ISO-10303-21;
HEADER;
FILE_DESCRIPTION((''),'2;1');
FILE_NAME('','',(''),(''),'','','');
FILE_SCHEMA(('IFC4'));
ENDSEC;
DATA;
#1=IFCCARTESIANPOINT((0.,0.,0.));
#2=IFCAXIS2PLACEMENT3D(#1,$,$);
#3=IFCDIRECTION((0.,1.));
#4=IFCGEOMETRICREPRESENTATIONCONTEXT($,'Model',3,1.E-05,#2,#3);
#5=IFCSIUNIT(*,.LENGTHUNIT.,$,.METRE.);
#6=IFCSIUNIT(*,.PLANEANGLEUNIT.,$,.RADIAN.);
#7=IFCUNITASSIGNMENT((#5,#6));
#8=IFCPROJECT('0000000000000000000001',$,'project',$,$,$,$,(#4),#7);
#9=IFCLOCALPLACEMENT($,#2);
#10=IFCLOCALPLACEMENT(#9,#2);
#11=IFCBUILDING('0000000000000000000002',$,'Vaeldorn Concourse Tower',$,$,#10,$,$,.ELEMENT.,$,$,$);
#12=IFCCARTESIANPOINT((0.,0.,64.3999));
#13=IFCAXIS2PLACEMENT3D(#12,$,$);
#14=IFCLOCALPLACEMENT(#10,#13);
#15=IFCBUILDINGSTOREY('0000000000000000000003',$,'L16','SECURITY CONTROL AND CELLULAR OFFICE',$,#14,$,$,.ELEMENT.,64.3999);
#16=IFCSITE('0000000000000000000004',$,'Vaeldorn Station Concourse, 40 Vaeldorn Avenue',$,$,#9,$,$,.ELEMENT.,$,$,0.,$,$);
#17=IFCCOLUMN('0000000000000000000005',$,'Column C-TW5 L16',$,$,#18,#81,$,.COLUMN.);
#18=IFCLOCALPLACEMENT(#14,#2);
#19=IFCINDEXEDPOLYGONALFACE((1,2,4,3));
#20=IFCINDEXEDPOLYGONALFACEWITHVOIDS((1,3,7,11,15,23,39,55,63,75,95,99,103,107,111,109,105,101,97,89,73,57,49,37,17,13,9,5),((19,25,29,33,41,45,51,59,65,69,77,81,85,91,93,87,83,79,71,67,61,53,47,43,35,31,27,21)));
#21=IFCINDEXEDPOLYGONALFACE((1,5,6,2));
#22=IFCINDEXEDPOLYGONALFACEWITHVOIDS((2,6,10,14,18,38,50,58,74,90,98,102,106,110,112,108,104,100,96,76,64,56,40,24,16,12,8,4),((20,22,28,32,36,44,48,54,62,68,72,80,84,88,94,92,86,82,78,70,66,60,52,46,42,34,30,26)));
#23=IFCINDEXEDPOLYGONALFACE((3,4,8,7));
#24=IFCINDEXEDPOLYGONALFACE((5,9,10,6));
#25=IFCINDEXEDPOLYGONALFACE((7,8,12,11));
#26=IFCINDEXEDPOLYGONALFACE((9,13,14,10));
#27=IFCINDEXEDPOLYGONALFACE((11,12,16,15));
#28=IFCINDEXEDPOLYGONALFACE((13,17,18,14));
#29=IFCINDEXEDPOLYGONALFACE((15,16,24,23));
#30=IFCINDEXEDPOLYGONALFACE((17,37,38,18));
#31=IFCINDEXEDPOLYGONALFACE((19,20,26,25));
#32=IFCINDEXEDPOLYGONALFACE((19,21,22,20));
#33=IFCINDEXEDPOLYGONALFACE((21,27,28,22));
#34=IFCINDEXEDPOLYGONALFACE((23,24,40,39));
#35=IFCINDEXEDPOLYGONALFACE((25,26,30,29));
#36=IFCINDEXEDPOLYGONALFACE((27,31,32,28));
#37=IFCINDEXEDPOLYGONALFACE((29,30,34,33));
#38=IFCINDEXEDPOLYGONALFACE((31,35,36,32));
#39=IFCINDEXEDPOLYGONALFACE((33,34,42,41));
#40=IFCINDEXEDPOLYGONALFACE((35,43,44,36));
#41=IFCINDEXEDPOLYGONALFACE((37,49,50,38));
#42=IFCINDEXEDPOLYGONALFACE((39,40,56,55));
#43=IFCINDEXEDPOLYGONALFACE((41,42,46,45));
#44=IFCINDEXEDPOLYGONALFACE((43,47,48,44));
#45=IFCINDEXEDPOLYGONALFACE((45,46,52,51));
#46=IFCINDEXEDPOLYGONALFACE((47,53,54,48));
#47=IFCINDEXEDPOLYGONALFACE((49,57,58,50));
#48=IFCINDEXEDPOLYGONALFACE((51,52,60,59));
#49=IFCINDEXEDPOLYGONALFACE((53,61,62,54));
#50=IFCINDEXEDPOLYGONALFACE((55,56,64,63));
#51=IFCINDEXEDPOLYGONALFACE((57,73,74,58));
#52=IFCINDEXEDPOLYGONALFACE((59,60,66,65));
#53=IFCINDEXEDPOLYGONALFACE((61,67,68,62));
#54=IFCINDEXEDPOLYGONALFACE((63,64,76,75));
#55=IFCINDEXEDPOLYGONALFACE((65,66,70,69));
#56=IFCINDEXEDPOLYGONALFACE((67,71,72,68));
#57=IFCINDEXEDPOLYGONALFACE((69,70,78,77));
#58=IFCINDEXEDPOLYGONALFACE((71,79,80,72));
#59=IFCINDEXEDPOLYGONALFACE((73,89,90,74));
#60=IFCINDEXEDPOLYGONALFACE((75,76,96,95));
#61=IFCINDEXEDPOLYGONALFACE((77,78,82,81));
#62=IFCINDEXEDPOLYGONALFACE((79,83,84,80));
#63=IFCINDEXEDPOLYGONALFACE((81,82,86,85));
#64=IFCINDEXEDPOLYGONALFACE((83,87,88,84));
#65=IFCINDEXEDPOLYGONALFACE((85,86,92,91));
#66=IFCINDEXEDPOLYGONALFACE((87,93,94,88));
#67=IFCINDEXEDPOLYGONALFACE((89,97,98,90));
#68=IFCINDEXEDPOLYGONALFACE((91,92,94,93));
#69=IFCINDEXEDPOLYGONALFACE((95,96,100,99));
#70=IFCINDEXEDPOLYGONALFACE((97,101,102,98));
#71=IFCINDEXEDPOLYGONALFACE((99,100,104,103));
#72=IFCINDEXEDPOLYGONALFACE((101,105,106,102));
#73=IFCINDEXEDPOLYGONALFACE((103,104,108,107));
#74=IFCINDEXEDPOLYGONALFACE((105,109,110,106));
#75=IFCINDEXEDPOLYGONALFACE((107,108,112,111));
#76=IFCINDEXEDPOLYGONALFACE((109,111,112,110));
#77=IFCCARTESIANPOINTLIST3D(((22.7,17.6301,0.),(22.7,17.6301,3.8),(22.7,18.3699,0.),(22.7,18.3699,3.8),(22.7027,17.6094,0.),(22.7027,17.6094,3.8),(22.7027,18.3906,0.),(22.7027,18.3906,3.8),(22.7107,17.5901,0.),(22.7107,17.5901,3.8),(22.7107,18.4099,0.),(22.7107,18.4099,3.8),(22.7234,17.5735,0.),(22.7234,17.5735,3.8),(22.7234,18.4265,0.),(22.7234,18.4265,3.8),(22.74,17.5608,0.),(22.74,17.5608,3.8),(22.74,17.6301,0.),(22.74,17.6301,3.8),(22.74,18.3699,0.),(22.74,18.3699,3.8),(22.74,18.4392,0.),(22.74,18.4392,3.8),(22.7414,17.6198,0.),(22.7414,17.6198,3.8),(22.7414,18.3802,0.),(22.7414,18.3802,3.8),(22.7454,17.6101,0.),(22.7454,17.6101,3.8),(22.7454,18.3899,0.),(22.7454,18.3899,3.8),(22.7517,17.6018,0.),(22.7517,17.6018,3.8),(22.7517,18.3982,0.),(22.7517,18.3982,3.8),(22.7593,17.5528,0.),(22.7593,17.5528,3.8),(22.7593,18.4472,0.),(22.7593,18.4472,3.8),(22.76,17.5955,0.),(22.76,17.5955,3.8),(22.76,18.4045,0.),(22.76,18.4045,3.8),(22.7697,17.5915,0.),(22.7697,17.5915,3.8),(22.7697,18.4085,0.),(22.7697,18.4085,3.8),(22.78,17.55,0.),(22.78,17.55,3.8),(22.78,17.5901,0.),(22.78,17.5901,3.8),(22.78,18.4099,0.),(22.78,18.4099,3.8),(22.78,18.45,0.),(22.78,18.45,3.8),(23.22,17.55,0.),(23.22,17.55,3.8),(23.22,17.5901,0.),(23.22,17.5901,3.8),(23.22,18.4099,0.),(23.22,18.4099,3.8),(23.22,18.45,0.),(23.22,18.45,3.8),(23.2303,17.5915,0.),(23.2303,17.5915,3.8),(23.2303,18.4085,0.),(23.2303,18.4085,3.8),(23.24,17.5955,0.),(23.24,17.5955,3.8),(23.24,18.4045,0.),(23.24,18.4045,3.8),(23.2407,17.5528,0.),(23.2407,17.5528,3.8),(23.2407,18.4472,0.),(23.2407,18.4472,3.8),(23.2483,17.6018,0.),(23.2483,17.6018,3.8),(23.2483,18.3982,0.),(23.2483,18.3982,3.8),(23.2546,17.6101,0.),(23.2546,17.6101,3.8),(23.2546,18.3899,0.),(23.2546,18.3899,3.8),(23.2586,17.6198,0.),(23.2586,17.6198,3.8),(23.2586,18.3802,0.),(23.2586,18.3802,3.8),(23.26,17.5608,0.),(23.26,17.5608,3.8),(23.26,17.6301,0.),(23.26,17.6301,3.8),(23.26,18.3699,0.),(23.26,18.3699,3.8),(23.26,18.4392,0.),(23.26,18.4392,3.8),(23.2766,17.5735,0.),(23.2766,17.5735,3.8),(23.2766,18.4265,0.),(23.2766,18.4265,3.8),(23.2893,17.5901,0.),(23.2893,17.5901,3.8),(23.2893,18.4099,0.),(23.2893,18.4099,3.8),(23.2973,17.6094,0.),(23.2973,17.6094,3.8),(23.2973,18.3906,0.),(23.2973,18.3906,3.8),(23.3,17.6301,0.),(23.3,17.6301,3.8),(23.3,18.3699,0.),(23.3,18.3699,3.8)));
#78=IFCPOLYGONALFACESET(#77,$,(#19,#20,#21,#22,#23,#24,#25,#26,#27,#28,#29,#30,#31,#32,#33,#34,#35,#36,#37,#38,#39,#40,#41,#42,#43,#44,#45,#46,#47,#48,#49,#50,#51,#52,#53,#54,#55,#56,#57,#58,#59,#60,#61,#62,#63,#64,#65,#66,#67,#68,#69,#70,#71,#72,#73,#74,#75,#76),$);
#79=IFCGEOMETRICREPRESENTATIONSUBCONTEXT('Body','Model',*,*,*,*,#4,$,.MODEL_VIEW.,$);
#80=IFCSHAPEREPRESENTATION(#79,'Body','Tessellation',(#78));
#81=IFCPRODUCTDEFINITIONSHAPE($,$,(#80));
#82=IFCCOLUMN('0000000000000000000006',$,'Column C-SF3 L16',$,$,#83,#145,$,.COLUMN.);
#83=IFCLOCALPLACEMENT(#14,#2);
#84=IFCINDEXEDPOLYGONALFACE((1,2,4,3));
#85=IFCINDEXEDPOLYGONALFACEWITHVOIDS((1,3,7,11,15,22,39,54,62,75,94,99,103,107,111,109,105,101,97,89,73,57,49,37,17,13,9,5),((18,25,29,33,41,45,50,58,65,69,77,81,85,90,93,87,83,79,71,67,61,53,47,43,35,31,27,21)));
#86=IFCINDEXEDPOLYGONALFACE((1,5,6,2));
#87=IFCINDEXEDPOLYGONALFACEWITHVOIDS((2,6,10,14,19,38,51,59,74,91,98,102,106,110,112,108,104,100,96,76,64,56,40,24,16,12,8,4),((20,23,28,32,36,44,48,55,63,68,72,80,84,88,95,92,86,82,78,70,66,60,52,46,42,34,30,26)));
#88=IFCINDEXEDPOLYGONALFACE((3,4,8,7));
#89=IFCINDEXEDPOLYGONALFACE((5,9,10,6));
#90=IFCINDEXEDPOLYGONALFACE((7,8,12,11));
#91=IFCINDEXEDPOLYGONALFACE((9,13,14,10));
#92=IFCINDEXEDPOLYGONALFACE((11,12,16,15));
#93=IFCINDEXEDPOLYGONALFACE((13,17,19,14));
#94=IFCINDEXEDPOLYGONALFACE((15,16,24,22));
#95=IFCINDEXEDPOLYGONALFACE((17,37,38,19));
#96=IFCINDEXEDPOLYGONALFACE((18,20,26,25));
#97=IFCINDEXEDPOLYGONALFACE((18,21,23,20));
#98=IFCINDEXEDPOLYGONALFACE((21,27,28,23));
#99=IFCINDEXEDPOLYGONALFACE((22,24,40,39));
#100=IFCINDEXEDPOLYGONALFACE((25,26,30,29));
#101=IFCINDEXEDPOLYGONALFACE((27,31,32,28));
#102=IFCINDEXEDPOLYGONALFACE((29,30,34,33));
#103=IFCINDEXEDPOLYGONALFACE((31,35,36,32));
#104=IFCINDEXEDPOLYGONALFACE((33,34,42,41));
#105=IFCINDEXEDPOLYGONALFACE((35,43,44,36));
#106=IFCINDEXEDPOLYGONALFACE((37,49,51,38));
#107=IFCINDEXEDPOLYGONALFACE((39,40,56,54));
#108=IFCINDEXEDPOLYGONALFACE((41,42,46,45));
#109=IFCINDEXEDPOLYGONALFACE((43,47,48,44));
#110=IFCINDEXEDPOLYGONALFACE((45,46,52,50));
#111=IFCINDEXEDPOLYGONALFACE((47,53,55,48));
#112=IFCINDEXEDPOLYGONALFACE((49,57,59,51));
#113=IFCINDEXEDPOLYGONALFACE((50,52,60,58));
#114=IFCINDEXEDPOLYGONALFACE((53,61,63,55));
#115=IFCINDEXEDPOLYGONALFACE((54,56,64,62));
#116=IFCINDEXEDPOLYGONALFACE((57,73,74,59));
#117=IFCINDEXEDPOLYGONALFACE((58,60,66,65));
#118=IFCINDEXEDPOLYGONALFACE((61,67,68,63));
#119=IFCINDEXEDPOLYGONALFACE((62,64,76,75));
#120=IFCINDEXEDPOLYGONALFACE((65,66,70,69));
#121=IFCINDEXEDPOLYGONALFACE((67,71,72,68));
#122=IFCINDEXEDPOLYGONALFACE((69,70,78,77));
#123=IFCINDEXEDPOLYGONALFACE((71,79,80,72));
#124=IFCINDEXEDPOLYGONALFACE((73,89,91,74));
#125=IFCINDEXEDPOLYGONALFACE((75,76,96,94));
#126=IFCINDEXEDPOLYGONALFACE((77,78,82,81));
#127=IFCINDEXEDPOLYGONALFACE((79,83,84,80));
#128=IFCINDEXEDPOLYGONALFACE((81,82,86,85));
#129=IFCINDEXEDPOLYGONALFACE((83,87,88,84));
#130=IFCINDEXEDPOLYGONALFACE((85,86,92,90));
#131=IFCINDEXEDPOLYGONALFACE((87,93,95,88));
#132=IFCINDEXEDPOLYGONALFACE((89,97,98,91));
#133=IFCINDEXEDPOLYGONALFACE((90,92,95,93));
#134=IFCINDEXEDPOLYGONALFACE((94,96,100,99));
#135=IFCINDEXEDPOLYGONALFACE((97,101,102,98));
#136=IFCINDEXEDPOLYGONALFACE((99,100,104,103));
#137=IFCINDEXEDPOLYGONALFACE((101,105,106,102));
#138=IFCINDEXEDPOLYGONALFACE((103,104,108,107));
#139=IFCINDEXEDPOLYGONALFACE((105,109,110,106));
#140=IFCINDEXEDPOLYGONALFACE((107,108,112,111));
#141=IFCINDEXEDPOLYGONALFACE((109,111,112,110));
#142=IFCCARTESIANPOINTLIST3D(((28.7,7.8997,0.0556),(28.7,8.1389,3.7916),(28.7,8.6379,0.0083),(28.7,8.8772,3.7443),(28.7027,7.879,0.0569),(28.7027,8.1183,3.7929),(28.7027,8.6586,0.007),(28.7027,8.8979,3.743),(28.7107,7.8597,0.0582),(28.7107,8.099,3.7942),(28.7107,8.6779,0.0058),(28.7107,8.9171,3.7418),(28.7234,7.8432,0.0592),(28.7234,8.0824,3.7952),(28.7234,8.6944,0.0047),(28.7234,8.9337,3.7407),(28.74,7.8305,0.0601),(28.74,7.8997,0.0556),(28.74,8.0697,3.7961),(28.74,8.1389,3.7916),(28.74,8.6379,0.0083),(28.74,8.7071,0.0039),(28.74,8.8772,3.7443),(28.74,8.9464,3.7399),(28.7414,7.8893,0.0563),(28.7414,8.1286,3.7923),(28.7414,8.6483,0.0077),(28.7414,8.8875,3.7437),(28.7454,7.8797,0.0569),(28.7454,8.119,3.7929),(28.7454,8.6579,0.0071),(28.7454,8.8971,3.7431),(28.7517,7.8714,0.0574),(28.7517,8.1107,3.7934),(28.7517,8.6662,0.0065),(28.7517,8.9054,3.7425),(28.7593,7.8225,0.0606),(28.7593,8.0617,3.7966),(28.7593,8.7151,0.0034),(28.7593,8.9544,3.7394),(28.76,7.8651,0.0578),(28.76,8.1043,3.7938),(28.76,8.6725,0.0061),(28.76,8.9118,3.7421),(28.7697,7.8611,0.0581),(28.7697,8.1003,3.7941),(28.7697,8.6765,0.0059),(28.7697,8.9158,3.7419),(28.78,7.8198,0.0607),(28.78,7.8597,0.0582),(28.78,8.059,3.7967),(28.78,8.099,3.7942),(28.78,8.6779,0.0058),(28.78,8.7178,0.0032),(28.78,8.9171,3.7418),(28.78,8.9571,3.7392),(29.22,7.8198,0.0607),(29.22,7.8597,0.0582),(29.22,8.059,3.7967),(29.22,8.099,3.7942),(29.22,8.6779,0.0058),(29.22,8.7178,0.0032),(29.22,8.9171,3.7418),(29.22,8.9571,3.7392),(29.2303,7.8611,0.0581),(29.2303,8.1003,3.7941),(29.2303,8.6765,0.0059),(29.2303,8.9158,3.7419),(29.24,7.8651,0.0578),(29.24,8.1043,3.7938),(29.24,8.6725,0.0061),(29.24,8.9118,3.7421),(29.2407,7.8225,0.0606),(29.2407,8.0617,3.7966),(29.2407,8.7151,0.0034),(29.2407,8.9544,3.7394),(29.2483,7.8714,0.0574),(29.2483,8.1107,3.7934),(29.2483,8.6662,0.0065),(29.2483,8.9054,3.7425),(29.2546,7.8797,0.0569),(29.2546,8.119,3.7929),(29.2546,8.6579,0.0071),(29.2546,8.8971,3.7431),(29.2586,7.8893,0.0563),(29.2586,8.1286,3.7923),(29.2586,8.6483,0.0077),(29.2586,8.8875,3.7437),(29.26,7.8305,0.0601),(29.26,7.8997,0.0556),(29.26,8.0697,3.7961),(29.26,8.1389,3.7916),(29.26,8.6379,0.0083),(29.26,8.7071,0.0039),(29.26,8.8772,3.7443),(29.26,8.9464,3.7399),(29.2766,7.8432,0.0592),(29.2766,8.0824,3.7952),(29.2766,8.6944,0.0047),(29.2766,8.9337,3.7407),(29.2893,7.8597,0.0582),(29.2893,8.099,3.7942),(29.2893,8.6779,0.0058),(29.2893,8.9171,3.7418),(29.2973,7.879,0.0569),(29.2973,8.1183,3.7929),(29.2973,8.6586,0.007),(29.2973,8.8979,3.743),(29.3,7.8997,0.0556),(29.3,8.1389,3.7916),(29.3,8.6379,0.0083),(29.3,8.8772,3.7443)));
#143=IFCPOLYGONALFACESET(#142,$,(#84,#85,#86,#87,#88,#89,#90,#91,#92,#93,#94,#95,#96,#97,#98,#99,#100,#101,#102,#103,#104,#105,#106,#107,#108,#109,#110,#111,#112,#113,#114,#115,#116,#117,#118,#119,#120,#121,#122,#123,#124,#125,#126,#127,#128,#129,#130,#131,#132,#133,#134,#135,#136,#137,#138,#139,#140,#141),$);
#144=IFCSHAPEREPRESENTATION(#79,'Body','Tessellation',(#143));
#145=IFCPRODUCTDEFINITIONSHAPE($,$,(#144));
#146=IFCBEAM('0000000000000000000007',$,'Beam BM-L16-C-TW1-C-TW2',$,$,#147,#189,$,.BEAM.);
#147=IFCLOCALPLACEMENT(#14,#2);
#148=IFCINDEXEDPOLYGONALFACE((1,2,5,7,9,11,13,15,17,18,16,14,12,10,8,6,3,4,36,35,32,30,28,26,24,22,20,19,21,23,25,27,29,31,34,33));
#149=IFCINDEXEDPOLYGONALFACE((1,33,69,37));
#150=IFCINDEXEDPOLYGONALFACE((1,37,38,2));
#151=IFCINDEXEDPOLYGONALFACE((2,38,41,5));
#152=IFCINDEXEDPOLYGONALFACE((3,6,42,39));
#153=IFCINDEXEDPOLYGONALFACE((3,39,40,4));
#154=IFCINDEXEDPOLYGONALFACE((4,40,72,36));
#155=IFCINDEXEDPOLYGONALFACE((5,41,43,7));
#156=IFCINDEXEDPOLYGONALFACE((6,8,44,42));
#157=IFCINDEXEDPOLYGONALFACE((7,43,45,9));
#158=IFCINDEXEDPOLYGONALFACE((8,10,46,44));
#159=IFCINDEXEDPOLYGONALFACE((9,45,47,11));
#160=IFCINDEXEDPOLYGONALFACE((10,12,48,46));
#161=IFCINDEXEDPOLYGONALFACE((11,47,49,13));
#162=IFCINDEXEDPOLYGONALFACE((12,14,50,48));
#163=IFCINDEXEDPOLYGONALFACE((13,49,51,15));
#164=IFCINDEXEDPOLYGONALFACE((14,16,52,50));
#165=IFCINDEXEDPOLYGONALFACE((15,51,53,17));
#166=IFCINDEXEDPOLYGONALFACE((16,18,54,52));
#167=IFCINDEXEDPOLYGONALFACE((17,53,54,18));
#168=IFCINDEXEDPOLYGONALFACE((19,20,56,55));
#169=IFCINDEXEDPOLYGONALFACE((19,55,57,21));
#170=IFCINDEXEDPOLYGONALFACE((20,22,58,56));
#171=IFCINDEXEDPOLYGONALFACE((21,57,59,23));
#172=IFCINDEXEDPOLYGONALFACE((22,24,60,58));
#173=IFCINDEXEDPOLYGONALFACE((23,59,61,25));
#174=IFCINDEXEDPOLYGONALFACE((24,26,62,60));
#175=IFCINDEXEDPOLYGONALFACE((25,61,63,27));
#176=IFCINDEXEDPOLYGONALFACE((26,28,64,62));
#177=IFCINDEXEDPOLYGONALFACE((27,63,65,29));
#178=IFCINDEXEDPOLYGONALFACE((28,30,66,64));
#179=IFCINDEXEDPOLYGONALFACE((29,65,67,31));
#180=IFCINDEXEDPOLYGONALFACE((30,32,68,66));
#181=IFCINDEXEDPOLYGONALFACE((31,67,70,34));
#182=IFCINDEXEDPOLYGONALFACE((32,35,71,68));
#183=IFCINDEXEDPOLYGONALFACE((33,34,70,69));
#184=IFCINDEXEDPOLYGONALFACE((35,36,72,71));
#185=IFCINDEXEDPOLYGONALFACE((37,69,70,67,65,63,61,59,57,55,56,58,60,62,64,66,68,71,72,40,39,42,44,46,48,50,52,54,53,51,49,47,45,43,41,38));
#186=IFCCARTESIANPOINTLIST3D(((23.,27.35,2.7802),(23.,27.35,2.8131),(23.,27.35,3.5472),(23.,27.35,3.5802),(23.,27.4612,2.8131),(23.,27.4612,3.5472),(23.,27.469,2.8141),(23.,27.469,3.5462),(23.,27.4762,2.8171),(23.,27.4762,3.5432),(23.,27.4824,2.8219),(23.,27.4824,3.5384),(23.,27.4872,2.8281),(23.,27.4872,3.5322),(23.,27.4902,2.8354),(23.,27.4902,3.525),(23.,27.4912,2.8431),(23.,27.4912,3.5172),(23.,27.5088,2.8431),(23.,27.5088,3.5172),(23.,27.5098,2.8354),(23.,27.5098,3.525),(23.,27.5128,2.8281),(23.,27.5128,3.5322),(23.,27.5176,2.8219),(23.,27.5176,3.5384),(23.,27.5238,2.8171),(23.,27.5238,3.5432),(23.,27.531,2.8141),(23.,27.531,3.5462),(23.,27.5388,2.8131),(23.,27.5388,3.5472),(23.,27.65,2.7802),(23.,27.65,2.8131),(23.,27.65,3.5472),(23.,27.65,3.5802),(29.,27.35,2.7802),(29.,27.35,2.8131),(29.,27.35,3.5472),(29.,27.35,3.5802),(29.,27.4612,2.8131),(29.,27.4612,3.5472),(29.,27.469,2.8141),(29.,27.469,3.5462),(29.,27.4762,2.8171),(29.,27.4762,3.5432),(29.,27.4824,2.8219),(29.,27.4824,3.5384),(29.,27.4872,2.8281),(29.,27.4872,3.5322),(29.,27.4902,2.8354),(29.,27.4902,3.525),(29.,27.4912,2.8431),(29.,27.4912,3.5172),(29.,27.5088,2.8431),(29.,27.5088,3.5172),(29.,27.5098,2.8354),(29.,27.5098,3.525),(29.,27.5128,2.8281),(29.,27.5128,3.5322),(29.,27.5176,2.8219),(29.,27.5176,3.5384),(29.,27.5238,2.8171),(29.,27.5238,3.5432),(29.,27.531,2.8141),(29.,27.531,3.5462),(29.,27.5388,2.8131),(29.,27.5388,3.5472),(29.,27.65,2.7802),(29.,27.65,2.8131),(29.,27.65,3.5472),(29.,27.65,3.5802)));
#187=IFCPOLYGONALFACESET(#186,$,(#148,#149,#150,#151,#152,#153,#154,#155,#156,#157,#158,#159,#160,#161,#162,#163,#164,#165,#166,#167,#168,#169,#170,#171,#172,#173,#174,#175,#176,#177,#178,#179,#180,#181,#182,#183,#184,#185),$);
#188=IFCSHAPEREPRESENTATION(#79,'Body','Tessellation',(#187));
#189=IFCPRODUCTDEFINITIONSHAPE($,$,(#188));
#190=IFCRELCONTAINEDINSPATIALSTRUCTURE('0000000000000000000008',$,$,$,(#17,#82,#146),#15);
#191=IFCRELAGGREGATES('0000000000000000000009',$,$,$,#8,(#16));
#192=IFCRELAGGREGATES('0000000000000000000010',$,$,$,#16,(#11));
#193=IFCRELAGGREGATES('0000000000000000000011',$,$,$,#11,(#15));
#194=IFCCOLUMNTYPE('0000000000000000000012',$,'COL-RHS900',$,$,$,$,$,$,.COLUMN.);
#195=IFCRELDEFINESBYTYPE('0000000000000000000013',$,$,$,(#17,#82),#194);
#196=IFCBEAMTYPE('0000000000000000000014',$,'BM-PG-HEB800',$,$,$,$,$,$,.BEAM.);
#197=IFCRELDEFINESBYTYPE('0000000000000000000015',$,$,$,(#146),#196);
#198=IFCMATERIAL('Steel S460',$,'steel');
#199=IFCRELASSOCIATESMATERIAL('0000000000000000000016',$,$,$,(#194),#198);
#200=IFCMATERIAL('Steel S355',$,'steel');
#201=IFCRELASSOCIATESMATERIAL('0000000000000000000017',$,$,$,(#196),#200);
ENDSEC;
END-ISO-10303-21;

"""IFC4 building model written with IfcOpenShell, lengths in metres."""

from ifc_helpers import new_model, si_unit, direction, frame, origin, origin_2d, place, context, subcontext, project, spatial, hollow_rectangle, i_section, extrude, source, transform, mapped, material, material_profile, profile_set, type_object, element, save


model = new_model("IFC4")

# Units and contexts
model_context = context("Model", 3, precision=1e-05, world=origin(), true_north=direction((0.0, 1.0)))
body_context = subcontext(model_context, "Body", "Model", "MODEL_VIEW")
ifc_project = project(units=[si_unit("LENGTHUNIT", "METRE"), si_unit("PLANEANGLEUNIT", "RADIAN")], contexts=[model_context])

# Site, building, storey
site_placement = place(None, origin())
site = spatial("IfcSite", under=ifc_project, at=site_placement, Name="Vaeldorn Station Concourse, 40 Vaeldorn Avenue", CompositionType="ELEMENT", RefElevation=0.0)
building_placement = place(site_placement, origin())
building = spatial("IfcBuilding", under=site, at=building_placement, Name="Vaeldorn Concourse Tower", CompositionType="ELEMENT")
storey_placement = place(building_placement, frame((0.0, 0.0, 64.3999)))
storey = spatial("IfcBuildingStorey", under=building, at=storey_placement, Name="L16", Description="SECURITY CONTROL AND CELLULAR OFFICE", CompositionType="ELEMENT", Elevation=64.3999)

# Columns
ifc_material_1 = material(Name="Steel S460", Category="steel")
ifc_material_profile_1 = material_profile(ifc_material_1, hollow_rectangle(XDim=0.6001, YDim=0.8999, WallThickness=0.04, InnerFilletRadius=0.04, OuterFilletRadius=0.0801, at=origin_2d()), Name="RHS 900x600x40")
ifc_profile_set_1 = profile_set([ifc_material_profile_1], Name="Steel S460")
column_type_1 = type_object("IfcColumnType", Name="COL-RHS900", PredefinedType="COLUMN", material=ifc_profile_set_1)
shared_shape_1 = source(origin(), body_context, "Body", "SweptSolid", [
    extrude(hollow_rectangle(XDim=0.6001, YDim=0.8999, WallThickness=0.04, InnerFilletRadius=0.04, OuterFilletRadius=0.0801, at=origin_2d()), origin(), (0.0, 0.0, 1.0), 3.8),
])
for number, where, z_axis, x_axis, name in (
    (1, (23.0, 18.0, 0.0), (0.0, 0.0, 1.0), (1.0, 0.0, 0.0), "Column C-TW5 L16"),
):
    element("IfcColumn", number, at=place(storey_placement, frame(where, z_axis=z_axis, x_axis=x_axis)), inside=storey, type_object=column_type_1, Name=name, PredefinedType="COLUMN", context=body_context, shape_type="MappedRepresentation", body=[
        mapped(shared_shape_1, transform((0.0, 0.0, 0.0), scale=1.0)),
    ])
shared_shape_2 = source(origin(), body_context, "Body", "SweptSolid", [
    extrude(hollow_rectangle(XDim=0.6001, YDim=0.8999, WallThickness=0.04, InnerFilletRadius=0.04, OuterFilletRadius=0.0801, at=origin_2d()), origin(), (0.0, 0.0, 1.0), 3.7437),
])
column_1_placement = place(storey_placement, frame((29.0, 8.2688, 0.032), z_axis=(0.0, 0.063909, 0.997956), x_axis=(-1.0, 0.0, 0.0)))
element("IfcColumn", 2, at=column_1_placement, inside=storey, type_object=column_type_1, Name="Column C-SF3 L16", PredefinedType="COLUMN", context=body_context, shape_type="MappedRepresentation", body=[
    mapped(shared_shape_2, transform((0.0, 0.0, 0.0), scale=1.0)),
])

# Beam
ifc_material_2 = material(Name="Steel S355", Category="steel")
ifc_material_profile_2 = material_profile(ifc_material_2, i_section(OverallWidth=0.3, OverallDepth=0.8, WebThickness=0.0176, FlangeThickness=0.033, FilletRadius=0.03, at=origin_2d()), Name="HEB 800")
ifc_profile_set_2 = profile_set([ifc_material_profile_2], Name="Steel S355")
beam_type_1 = type_object("IfcBeamType", Name="BM-PG-HEB800", PredefinedType="BEAM", material=ifc_profile_set_2)
shared_shape_3 = source(origin(), body_context, "Body", "SweptSolid", [
    extrude(i_section(OverallWidth=0.3, OverallDepth=0.8, WebThickness=0.0176, FlangeThickness=0.033, FilletRadius=0.03, at=origin_2d()), origin(), (0.0, 0.0, 1.0), 6.0),
])
beam_1_placement = place(storey_placement, frame((23.0, 27.5, 3.1802), z_axis=(1.0, 0.0, 0.0), x_axis=(0.0, 1.0, 0.0)))
element("IfcBeam", 3, at=beam_1_placement, inside=storey, type_object=beam_type_1, Name="Beam BM-L16-C-TW1-C-TW2", PredefinedType="BEAM", context=body_context, shape_type="MappedRepresentation", body=[
    mapped(shared_shape_3, transform((0.0, 0.0, 0.0), scale=1.0)),
])

save(model, "model.ifc")
